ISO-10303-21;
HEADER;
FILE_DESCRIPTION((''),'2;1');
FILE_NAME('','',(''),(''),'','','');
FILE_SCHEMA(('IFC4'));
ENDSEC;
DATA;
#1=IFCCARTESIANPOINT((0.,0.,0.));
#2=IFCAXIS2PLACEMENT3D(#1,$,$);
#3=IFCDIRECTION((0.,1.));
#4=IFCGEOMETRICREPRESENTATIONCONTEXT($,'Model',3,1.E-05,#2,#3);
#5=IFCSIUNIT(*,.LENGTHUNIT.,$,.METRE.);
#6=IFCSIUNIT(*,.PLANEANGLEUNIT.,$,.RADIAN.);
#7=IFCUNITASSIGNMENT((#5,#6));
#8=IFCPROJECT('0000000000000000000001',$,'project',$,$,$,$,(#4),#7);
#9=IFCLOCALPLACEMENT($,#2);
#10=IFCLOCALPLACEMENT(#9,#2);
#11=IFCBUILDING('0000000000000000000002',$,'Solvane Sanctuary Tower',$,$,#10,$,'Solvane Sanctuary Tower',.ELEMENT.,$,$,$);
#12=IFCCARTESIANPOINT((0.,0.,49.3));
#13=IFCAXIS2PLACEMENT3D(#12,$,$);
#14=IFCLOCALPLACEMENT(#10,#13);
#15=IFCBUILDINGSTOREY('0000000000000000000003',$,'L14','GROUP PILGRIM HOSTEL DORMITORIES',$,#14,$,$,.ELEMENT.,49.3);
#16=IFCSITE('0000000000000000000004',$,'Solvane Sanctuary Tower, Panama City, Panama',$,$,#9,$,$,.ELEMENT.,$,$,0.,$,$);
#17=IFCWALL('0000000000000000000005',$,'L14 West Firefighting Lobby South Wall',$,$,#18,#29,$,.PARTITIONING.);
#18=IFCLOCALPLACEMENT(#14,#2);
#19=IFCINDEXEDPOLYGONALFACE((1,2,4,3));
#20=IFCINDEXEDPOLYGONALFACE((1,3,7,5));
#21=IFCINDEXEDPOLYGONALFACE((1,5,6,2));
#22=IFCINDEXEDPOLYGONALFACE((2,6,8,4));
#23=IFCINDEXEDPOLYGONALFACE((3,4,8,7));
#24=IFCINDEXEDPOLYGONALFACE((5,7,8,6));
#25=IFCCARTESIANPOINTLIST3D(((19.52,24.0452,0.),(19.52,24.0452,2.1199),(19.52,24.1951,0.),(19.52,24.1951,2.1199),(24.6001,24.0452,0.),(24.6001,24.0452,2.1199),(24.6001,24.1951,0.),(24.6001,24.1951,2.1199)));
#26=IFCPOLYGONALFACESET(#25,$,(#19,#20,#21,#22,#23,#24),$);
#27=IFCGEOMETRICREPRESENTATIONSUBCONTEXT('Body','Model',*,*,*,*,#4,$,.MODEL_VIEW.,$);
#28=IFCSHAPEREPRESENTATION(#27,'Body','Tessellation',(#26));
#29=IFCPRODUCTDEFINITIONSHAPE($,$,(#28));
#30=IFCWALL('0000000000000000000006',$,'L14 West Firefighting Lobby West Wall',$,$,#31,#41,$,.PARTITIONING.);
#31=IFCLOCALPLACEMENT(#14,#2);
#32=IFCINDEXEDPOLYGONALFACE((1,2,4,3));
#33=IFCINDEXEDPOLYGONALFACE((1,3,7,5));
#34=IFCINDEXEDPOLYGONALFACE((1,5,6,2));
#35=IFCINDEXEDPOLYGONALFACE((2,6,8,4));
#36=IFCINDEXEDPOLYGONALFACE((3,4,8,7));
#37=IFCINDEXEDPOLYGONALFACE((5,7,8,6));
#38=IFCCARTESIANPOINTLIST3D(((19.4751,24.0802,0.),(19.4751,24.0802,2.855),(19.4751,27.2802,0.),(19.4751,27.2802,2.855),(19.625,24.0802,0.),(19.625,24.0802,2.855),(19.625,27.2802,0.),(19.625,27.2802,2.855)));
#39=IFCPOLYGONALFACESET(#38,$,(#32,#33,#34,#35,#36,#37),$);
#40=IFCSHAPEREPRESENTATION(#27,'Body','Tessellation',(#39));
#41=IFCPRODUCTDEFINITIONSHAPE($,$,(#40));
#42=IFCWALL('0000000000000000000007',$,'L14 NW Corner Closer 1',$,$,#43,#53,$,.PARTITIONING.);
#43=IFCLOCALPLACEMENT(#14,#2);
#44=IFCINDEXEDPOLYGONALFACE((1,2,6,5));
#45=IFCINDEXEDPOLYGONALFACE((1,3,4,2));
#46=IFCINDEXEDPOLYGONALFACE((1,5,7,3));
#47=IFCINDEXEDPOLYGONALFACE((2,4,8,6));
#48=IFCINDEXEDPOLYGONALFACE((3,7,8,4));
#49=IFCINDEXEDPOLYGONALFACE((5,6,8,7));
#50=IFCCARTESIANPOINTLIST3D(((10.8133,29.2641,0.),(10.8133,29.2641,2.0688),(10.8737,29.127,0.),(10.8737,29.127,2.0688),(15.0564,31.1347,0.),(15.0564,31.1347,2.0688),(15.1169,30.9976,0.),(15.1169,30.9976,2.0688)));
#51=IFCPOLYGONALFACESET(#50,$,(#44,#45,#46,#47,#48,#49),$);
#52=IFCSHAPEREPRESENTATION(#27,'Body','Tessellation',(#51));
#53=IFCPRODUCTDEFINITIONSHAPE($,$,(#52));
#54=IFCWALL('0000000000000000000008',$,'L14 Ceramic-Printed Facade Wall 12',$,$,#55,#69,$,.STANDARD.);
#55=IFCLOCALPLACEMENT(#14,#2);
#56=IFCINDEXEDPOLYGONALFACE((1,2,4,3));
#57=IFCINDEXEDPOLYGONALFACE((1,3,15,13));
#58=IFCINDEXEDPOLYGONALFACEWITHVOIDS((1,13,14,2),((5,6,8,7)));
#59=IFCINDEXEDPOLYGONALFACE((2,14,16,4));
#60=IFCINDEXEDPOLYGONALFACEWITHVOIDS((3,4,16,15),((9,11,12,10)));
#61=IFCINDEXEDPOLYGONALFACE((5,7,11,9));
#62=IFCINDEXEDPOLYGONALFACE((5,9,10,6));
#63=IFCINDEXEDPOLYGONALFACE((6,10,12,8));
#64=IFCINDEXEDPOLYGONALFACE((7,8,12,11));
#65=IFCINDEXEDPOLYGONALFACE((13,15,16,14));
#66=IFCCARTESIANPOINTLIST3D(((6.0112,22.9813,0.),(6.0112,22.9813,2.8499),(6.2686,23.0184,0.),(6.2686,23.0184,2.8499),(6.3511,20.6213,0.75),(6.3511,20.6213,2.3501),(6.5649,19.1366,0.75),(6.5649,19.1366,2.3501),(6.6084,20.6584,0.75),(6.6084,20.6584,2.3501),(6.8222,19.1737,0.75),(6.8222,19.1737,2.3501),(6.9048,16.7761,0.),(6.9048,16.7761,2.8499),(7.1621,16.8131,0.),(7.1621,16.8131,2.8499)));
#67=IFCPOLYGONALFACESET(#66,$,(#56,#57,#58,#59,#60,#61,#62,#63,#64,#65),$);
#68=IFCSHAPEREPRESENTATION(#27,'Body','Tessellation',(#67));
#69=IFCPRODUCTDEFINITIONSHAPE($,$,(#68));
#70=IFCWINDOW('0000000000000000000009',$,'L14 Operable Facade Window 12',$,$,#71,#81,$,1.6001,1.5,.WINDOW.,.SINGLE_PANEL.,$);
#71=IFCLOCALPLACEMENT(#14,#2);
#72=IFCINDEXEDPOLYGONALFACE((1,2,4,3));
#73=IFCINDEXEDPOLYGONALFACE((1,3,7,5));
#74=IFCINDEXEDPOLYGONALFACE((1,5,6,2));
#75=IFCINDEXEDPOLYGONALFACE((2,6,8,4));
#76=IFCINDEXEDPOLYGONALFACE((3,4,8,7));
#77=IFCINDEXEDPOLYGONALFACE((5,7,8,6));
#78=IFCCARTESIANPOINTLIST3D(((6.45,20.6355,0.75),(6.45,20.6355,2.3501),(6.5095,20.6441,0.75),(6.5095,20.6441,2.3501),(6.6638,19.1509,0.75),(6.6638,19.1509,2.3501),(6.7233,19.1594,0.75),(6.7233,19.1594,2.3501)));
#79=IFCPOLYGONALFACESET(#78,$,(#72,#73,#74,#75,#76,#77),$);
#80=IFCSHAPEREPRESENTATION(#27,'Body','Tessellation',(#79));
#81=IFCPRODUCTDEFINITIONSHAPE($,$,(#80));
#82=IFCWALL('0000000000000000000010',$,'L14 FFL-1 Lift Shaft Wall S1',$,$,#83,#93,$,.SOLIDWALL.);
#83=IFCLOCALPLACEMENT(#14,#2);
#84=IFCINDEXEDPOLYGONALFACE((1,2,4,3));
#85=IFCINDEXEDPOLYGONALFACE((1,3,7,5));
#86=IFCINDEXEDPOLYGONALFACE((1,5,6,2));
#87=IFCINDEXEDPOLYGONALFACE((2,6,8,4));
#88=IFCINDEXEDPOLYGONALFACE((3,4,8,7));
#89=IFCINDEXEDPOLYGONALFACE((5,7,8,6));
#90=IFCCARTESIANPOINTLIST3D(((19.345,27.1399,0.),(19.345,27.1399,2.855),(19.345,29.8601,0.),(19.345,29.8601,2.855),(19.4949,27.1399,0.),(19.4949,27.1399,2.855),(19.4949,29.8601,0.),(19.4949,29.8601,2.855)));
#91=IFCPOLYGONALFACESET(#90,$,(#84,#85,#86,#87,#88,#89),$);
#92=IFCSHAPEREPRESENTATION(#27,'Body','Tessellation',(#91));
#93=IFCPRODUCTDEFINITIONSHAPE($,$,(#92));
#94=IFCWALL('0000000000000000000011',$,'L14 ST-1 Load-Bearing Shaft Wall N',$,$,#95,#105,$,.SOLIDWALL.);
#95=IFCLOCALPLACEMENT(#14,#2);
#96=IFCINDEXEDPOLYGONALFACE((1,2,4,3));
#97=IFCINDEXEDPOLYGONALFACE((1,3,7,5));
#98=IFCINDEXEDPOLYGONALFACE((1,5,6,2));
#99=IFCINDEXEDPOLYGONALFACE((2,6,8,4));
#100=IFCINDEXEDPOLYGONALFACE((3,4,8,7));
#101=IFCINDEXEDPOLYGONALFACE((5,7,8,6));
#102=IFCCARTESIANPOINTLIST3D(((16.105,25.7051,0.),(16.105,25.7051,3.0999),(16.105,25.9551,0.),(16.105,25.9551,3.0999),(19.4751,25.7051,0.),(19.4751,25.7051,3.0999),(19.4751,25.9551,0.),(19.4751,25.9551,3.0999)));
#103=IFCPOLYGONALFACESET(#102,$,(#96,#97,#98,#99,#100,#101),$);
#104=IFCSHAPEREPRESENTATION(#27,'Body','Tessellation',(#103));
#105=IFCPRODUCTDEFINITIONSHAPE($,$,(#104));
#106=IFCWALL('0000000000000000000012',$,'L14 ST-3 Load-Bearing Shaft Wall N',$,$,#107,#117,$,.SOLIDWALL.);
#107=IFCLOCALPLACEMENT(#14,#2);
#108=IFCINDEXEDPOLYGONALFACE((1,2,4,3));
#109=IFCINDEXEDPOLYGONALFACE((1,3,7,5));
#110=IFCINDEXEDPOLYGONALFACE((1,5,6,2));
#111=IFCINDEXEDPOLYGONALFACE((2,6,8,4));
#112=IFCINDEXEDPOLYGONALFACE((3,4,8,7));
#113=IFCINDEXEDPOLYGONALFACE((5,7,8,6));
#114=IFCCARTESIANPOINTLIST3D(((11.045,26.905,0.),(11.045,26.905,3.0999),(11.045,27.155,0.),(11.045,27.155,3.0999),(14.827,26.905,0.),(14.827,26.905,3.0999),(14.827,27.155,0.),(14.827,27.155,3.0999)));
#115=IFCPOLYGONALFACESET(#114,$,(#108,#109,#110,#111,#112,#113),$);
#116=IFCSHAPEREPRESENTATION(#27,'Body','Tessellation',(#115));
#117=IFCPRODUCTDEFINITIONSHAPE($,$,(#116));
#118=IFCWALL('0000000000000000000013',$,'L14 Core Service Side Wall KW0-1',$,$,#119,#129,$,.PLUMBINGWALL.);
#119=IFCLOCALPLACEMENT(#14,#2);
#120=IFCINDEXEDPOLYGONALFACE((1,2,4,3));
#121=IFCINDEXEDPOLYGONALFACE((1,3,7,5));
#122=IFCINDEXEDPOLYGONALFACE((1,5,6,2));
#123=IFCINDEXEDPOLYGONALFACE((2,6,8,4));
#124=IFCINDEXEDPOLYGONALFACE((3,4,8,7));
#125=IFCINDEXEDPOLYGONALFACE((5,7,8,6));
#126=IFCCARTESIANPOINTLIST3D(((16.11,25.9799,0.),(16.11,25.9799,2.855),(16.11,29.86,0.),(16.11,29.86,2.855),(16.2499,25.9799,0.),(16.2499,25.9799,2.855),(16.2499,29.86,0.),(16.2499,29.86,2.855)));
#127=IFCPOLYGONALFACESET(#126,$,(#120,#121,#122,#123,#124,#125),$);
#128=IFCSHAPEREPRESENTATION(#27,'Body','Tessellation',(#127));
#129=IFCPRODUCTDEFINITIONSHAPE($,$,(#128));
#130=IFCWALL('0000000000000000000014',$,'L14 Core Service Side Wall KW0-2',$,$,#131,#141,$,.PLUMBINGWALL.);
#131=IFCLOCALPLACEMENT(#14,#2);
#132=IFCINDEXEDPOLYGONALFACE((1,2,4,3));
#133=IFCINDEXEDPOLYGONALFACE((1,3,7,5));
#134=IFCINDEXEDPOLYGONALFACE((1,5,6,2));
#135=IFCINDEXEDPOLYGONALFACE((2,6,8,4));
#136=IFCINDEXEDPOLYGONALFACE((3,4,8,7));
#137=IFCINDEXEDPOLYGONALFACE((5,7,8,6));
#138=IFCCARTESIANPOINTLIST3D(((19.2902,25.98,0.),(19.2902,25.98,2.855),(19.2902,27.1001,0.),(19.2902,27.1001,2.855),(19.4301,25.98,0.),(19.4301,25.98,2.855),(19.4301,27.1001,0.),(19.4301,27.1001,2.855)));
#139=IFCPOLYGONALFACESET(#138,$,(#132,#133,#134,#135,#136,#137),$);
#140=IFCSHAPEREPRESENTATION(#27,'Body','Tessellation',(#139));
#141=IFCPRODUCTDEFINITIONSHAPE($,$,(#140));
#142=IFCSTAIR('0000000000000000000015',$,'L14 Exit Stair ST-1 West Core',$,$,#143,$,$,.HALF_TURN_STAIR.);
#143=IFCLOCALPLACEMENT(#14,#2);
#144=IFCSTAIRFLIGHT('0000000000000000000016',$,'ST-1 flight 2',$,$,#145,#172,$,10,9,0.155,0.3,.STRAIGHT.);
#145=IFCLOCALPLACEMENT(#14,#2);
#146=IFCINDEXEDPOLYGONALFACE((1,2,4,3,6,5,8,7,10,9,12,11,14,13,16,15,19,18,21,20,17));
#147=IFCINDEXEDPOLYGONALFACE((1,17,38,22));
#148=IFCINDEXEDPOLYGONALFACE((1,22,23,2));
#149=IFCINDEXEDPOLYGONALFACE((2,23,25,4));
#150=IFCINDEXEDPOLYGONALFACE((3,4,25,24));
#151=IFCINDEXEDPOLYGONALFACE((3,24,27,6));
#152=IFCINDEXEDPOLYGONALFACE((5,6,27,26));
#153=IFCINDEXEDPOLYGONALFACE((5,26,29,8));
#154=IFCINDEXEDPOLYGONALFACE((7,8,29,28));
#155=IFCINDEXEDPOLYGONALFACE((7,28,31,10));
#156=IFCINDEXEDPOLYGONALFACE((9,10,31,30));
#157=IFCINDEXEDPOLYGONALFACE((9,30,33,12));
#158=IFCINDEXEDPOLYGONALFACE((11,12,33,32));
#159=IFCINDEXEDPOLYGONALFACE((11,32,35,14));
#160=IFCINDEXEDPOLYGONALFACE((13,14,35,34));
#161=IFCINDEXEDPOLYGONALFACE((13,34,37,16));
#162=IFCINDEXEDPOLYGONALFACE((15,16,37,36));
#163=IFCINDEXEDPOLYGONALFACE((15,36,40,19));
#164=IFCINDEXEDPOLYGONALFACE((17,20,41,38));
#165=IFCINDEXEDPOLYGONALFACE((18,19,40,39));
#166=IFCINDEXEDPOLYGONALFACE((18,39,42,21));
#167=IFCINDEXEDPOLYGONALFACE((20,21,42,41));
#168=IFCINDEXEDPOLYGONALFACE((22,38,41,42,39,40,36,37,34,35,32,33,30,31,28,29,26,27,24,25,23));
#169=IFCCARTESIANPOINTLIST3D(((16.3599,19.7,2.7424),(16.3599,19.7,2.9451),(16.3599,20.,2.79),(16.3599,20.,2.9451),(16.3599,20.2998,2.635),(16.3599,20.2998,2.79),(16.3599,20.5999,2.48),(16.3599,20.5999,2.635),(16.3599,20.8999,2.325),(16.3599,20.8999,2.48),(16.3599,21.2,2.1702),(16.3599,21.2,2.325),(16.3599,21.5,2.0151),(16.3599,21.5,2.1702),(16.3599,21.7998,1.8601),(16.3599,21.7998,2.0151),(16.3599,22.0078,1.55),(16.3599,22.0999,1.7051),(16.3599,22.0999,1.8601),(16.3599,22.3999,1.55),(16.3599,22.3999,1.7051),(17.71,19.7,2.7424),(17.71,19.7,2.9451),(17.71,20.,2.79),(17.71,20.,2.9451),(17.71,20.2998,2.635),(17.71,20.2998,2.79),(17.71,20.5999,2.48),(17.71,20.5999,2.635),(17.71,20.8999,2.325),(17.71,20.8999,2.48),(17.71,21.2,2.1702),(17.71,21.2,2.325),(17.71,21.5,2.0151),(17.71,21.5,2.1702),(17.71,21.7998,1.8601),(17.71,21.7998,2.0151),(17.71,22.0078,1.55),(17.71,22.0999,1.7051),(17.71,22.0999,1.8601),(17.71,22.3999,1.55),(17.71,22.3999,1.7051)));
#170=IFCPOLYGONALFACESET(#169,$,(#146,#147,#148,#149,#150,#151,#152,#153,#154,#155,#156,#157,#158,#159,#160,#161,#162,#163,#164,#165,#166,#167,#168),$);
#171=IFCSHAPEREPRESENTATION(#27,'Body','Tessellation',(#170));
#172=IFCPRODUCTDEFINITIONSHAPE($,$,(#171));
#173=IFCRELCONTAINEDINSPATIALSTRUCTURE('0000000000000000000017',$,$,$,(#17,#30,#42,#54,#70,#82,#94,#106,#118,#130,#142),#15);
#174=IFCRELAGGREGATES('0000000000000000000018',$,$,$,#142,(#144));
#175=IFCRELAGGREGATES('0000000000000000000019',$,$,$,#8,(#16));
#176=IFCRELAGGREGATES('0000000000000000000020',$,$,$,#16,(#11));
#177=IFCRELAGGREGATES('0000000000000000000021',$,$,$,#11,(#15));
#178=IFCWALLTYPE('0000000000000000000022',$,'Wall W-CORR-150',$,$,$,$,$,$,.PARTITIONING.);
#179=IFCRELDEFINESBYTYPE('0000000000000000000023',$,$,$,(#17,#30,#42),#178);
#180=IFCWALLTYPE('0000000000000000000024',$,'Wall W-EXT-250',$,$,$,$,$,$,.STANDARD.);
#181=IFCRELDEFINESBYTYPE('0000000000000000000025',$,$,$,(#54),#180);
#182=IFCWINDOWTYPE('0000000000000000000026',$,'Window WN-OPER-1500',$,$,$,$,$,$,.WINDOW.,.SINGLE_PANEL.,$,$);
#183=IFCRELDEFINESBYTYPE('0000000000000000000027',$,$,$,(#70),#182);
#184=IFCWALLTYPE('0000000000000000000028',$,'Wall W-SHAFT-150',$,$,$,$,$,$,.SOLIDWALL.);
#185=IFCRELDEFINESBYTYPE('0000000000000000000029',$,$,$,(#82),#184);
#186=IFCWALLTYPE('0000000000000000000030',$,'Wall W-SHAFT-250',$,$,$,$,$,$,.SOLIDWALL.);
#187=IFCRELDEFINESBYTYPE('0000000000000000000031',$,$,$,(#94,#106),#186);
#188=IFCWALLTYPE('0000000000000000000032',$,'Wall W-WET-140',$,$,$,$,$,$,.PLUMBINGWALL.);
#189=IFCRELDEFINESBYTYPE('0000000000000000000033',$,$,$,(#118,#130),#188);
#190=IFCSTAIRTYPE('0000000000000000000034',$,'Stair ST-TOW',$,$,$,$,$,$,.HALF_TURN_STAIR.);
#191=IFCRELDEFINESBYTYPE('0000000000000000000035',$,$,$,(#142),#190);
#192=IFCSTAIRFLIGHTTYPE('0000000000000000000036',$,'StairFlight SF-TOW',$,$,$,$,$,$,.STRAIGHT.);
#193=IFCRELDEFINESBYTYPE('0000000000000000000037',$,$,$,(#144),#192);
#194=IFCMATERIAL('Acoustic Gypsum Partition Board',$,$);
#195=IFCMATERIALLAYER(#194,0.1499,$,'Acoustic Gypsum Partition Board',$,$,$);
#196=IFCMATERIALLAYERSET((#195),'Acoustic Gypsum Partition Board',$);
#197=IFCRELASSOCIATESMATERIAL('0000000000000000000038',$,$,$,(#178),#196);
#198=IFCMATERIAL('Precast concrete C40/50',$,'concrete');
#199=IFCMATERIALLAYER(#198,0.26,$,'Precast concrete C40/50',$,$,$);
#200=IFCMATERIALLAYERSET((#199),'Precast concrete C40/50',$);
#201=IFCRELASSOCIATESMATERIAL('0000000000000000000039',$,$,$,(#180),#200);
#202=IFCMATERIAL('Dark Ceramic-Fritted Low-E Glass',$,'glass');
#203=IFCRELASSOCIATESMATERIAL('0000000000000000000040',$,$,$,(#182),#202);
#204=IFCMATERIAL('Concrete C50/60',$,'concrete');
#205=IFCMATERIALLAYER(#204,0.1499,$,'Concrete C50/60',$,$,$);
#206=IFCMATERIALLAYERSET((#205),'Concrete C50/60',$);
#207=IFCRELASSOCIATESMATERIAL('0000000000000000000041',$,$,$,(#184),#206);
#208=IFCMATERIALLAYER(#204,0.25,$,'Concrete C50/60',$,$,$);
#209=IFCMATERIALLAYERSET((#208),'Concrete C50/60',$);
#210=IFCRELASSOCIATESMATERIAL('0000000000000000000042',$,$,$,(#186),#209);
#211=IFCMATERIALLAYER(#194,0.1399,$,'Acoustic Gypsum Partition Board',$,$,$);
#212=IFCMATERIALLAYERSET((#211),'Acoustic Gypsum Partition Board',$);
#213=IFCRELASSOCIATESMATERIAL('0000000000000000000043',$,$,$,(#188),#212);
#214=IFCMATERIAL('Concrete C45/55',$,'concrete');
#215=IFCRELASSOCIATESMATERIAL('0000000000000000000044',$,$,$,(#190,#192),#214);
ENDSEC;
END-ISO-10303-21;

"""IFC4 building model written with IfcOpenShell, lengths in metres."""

from ifc_helpers import new_model, si_unit, direction, frame, frame_2d, origin, place, context, subcontext, project, spatial, polyline, rectangle, outline, extrude, material, layer, layer_set, type_object, element, fill, aggregate, save


model = new_model("IFC4")

# Units and contexts
model_context = context("Model", 3, precision=1e-05, world=origin(), true_north=direction((0.0, 1.0)))
body_context = subcontext(model_context, "Body", "Model", "MODEL_VIEW")
ifc_project = project(units=[si_unit("LENGTHUNIT", "METRE"), si_unit("PLANEANGLEUNIT", "RADIAN")], contexts=[model_context])

# Site, building, storey
site_placement = place(None, origin())
site = spatial("IfcSite", under=ifc_project, at=site_placement, Name="Solvane Sanctuary Tower, Panama City, Panama", CompositionType="ELEMENT", RefElevation=0.0)
building_placement = place(site_placement, origin())
building = spatial("IfcBuilding", under=site, at=building_placement, Name="Solvane Sanctuary Tower", LongName="Solvane Sanctuary Tower", CompositionType="ELEMENT")
storey_placement = place(building_placement, frame((0.0, 0.0, 49.3)))
storey = spatial("IfcBuildingStorey", under=building, at=storey_placement, Name="L14", Description="GROUP PILGRIM HOSTEL DORMITORIES", CompositionType="ELEMENT", Elevation=49.3)

# Walls
ifc_material_1 = material(Name="Acoustic Gypsum Partition Board")
ifc_layer_1 = layer(ifc_material_1, 0.1499, Name="Acoustic Gypsum Partition Board")
ifc_layer_set_1 = layer_set([ifc_layer_1], Name="Acoustic Gypsum Partition Board")
wall_type_1 = type_object("IfcWallType", Name="Wall W-CORR-150", PredefinedType="PARTITIONING", material=ifc_layer_set_1)
wall_1_placement = place(storey_placement, frame((19.52, 24.1201, 0.0), z_axis=(0.0, 0.0, 1.0), x_axis=(1.0, 0.0, 0.0)))
element("IfcWall", 1, at=wall_1_placement, inside=storey, type_object=wall_type_1, Name="L14 West Firefighting Lobby South Wall", PredefinedType="PARTITIONING", context=body_context, shape_type="SweptSolid", body=[
    extrude(rectangle(XDim=5.0801, YDim=0.1499, at=frame_2d((2.54, 0.0))), origin(), (0.0, 0.0, 1.0), 2.1199),
])
wall_2_placement = place(storey_placement, frame((19.55, 24.0801, 0.0), z_axis=(0.0, 0.0, 1.0), x_axis=(0.0, 1.0, 0.0)))
element("IfcWall", 2, at=wall_2_placement, inside=storey, type_object=wall_type_1, Name="L14 West Firefighting Lobby West Wall", PredefinedType="PARTITIONING", context=body_context, shape_type="SweptSolid", body=[
    extrude(rectangle(XDim=3.2, YDim=0.1499, at=frame_2d((1.6001, 0.0))), origin(), (0.0, 0.0, 1.0), 2.855),
])
wall_3_placement = place(storey_placement, frame((10.8435, 29.1956, 0.0), z_axis=(0.0, 0.0, 1.0), x_axis=(0.915028, 0.403391, 0.0)))
element("IfcWall", 3, at=wall_3_placement, inside=storey, type_object=wall_type_1, Name="L14 NW Corner Closer 1", PredefinedType="PARTITIONING", context=body_context, shape_type="SweptSolid", body=[
    extrude(rectangle(XDim=4.6372, YDim=0.1499, at=frame_2d((2.3186, 0.0))), origin(), (0.0, 0.0, 1.0), 2.0688),
])

# Wall, opening, window
ifc_material_2 = material(Name="Precast concrete C40/50", Category="concrete")
ifc_layer_2 = layer(ifc_material_2, 0.26, Name="Precast concrete C40/50")
ifc_layer_set_2 = layer_set([ifc_layer_2], Name="Precast concrete C40/50")
wall_type_2 = type_object("IfcWallType", Name="Wall W-EXT-250", PredefinedType="STANDARD", material=ifc_layer_set_2)
wall_4_placement = place(storey_placement, frame((6.1399, 23.0, 0.0), z_axis=(0.0, 0.0, 1.0), x_axis=(0.142528, -0.989791, 0.0)))
wall_4 = element("IfcWall", 4, at=wall_4_placement, inside=storey, type_object=wall_type_2, Name="L14 Ceramic-Printed Facade Wall 12", PredefinedType="STANDARD", context=body_context, shape_type="SweptSolid", body=[
    extrude(rectangle(XDim=6.2693, YDim=0.26, at=frame_2d((3.1348, 0.0))), origin(), (0.0, 0.0, 1.0), 2.8499),
])
opening_placement = place(wall_4_placement, frame((2.3845, 0.0, 0.75)))
opening = element("IfcOpeningElement", 5, at=opening_placement, cuts=wall_4, PredefinedType="OPENING", context=body_context, shape_type="SweptSolid", body=[
    extrude(rectangle(XDim=1.5, YDim=1.6001, at=frame_2d((0.75, 0.8))), frame((0.0, 0.1399, 0.0), z_axis=(0.0, -1.0, 0.0), x_axis=(1.0, 0.0, 0.0)), (0.0, 0.0, 1.0), 0.28),
])
ifc_material_3 = material(Name="Dark Ceramic-Fritted Low-E Glass", Category="glass")
window_type = type_object("IfcWindowType", Name="Window WN-OPER-1500", PartitioningType="SINGLE_PANEL", PredefinedType="WINDOW", material=ifc_material_3)
window_placement = place(opening_placement, origin())
window = element("IfcWindow", 6, at=window_placement, inside=storey, type_object=window_type, Name="L14 Operable Facade Window 12", OverallHeight=1.6001, OverallWidth=1.5, PartitioningType="SINGLE_PANEL", PredefinedType="WINDOW", context=body_context, shape_type="SweptSolid", body=[
    extrude(rectangle(XDim=1.5, YDim=1.6001, at=frame_2d((0.75, 0.8))), frame((0.0, 0.03, 0.0), z_axis=(0.0, -1.0, 0.0), x_axis=(1.0, 0.0, 0.0)), (0.0, 0.0, 1.0), 0.0601),
])
fill(opening, window)

# Walls
ifc_material_4 = material(Name="Concrete C50/60", Category="concrete")
ifc_layer_3 = layer(ifc_material_4, 0.1499, Name="Concrete C50/60")
ifc_layer_set_3 = layer_set([ifc_layer_3], Name="Concrete C50/60")
wall_type_3 = type_object("IfcWallType", Name="Wall W-SHAFT-150", PredefinedType="SOLIDWALL", material=ifc_layer_set_3)
wall_5_placement = place(storey_placement, frame((19.4199, 27.1399, 0.0), z_axis=(0.0, 0.0, 1.0), x_axis=(0.0, 1.0, 0.0)))
element("IfcWall", 7, at=wall_5_placement, inside=storey, type_object=wall_type_3, Name="L14 FFL-1 Lift Shaft Wall S1", PredefinedType="SOLIDWALL", context=body_context, shape_type="SweptSolid", body=[
    extrude(rectangle(XDim=2.7202, YDim=0.1499, at=frame_2d((1.3601, 0.0))), origin(), (0.0, 0.0, 1.0), 2.855),
])
ifc_layer_4 = layer(ifc_material_4, 0.25, Name="Concrete C50/60")
ifc_layer_set_4 = layer_set([ifc_layer_4], Name="Concrete C50/60")
wall_type_4 = type_object("IfcWallType", Name="Wall W-SHAFT-250", PredefinedType="SOLIDWALL", material=ifc_layer_set_4)
wall_6_placement = place(storey_placement, frame((16.105, 25.8301, 0.0), z_axis=(0.0, 0.0, 1.0), x_axis=(1.0, 0.0, 0.0)))
element("IfcWall", 8, at=wall_6_placement, inside=storey, type_object=wall_type_4, Name="L14 ST-1 Load-Bearing Shaft Wall N", PredefinedType="SOLIDWALL", context=body_context, shape_type="SweptSolid", body=[
    extrude(rectangle(XDim=3.3701, YDim=0.25, at=frame_2d((1.6851, 0.0))), origin(), (0.0, 0.0, 1.0), 3.0999),
])
wall_7_placement = place(storey_placement, frame((11.0449, 27.03, 0.0), z_axis=(0.0, 0.0, 1.0), x_axis=(1.0, 0.0, 0.0)))
element("IfcWall", 9, at=wall_7_placement, inside=storey, type_object=wall_type_4, Name="L14 ST-3 Load-Bearing Shaft Wall N", PredefinedType="SOLIDWALL", context=body_context, shape_type="SweptSolid", body=[
    extrude(rectangle(XDim=3.782, YDim=0.25, at=frame_2d((1.8911, 0.0))), origin(), (0.0, 0.0, 1.0), 3.0999),
])
ifc_layer_5 = layer(ifc_material_1, 0.1399, Name="Acoustic Gypsum Partition Board")
ifc_layer_set_5 = layer_set([ifc_layer_5], Name="Acoustic Gypsum Partition Board")
wall_type_5 = type_object("IfcWallType", Name="Wall W-WET-140", PredefinedType="PLUMBINGWALL", material=ifc_layer_set_5)
wall_8_placement = place(storey_placement, frame((16.1799, 25.98, 0.0), z_axis=(0.0, 0.0, 1.0), x_axis=(0.0, 1.0, 0.0)))
element("IfcWall", 10, at=wall_8_placement, inside=storey, type_object=wall_type_5, Name="L14 Core Service Side Wall KW0-1", PredefinedType="PLUMBINGWALL", context=body_context, shape_type="SweptSolid", body=[
    extrude(rectangle(XDim=3.8801, YDim=0.1399, at=frame_2d((1.9399, 0.0))), origin(), (0.0, 0.0, 1.0), 2.855),
])
wall_9_placement = place(storey_placement, frame((19.3601, 25.98, 0.0), z_axis=(0.0, 0.0, 1.0), x_axis=(0.0, 1.0, 0.0)))
element("IfcWall", 11, at=wall_9_placement, inside=storey, type_object=wall_type_5, Name="L14 Core Service Side Wall KW0-2", PredefinedType="PLUMBINGWALL", context=body_context, shape_type="SweptSolid", body=[
    extrude(rectangle(XDim=1.1201, YDim=0.1399, at=frame_2d((0.5601, 0.0))), origin(), (0.0, 0.0, 1.0), 2.855),
])

# Stair, stair flight
ifc_material_5 = material(Name="Concrete C45/55", Category="concrete")
stair_type = type_object("IfcStairType", Name="Stair ST-TOW", PredefinedType="HALF_TURN_STAIR", material=ifc_material_5)
stair_1_placement = place(storey_placement, origin())
stair_1 = element("IfcStair", 12, at=stair_1_placement, inside=storey, type_object=stair_type, Name="L14 Exit Stair ST-1 West Core", PredefinedType="HALF_TURN_STAIR")
stair_flight_type = type_object("IfcStairFlightType", Name="StairFlight SF-TOW", PredefinedType="STRAIGHT", material=ifc_material_5)
stair_flight_1_placement = place(storey_placement, frame((17.0349, 22.3999, 1.55), z_axis=(0.0, 0.0, 1.0), x_axis=(0.0, -1.0, 0.0)))
stair_flight_1 = element("IfcStairFlight", 13, at=stair_flight_1_placement, type_object=stair_flight_type, Name="ST-1 flight 2", NumberOfRisers=10, NumberOfTreads=9, PredefinedType="STRAIGHT", RiserHeight=0.155, TreadLength=0.3, context=body_context, shape_type="SweptSolid", body=[
    extrude(outline(polyline([(0.0, 0.0), (0.0, 0.155), (0.3, 0.155), (0.3, 0.3101), (0.6001, 0.3101), (0.6001, 0.4651), (0.8999, 0.4651), (0.8999, 0.6201), (1.2, 0.6201), (1.2, 0.7749), (1.5, 0.7749), (1.5, 0.9299), (1.8, 0.9299), (1.8, 1.085), (2.1001, 1.085), (2.1001, 1.24), (2.3999, 1.24), (2.3999, 1.395), (2.7, 1.395), (2.7, 1.55), (2.7, 1.1924), (0.3921, 0.0), (0.0, 0.0)])), frame((0.0, 0.675, 0.0), z_axis=(0.0, -1.0, 0.0), x_axis=(1.0, 0.0, 0.0)), (0.0, 0.0, 1.0), 1.3501),
])
aggregate(stair_1, [stair_flight_1])

save(model, "model.ifc")
